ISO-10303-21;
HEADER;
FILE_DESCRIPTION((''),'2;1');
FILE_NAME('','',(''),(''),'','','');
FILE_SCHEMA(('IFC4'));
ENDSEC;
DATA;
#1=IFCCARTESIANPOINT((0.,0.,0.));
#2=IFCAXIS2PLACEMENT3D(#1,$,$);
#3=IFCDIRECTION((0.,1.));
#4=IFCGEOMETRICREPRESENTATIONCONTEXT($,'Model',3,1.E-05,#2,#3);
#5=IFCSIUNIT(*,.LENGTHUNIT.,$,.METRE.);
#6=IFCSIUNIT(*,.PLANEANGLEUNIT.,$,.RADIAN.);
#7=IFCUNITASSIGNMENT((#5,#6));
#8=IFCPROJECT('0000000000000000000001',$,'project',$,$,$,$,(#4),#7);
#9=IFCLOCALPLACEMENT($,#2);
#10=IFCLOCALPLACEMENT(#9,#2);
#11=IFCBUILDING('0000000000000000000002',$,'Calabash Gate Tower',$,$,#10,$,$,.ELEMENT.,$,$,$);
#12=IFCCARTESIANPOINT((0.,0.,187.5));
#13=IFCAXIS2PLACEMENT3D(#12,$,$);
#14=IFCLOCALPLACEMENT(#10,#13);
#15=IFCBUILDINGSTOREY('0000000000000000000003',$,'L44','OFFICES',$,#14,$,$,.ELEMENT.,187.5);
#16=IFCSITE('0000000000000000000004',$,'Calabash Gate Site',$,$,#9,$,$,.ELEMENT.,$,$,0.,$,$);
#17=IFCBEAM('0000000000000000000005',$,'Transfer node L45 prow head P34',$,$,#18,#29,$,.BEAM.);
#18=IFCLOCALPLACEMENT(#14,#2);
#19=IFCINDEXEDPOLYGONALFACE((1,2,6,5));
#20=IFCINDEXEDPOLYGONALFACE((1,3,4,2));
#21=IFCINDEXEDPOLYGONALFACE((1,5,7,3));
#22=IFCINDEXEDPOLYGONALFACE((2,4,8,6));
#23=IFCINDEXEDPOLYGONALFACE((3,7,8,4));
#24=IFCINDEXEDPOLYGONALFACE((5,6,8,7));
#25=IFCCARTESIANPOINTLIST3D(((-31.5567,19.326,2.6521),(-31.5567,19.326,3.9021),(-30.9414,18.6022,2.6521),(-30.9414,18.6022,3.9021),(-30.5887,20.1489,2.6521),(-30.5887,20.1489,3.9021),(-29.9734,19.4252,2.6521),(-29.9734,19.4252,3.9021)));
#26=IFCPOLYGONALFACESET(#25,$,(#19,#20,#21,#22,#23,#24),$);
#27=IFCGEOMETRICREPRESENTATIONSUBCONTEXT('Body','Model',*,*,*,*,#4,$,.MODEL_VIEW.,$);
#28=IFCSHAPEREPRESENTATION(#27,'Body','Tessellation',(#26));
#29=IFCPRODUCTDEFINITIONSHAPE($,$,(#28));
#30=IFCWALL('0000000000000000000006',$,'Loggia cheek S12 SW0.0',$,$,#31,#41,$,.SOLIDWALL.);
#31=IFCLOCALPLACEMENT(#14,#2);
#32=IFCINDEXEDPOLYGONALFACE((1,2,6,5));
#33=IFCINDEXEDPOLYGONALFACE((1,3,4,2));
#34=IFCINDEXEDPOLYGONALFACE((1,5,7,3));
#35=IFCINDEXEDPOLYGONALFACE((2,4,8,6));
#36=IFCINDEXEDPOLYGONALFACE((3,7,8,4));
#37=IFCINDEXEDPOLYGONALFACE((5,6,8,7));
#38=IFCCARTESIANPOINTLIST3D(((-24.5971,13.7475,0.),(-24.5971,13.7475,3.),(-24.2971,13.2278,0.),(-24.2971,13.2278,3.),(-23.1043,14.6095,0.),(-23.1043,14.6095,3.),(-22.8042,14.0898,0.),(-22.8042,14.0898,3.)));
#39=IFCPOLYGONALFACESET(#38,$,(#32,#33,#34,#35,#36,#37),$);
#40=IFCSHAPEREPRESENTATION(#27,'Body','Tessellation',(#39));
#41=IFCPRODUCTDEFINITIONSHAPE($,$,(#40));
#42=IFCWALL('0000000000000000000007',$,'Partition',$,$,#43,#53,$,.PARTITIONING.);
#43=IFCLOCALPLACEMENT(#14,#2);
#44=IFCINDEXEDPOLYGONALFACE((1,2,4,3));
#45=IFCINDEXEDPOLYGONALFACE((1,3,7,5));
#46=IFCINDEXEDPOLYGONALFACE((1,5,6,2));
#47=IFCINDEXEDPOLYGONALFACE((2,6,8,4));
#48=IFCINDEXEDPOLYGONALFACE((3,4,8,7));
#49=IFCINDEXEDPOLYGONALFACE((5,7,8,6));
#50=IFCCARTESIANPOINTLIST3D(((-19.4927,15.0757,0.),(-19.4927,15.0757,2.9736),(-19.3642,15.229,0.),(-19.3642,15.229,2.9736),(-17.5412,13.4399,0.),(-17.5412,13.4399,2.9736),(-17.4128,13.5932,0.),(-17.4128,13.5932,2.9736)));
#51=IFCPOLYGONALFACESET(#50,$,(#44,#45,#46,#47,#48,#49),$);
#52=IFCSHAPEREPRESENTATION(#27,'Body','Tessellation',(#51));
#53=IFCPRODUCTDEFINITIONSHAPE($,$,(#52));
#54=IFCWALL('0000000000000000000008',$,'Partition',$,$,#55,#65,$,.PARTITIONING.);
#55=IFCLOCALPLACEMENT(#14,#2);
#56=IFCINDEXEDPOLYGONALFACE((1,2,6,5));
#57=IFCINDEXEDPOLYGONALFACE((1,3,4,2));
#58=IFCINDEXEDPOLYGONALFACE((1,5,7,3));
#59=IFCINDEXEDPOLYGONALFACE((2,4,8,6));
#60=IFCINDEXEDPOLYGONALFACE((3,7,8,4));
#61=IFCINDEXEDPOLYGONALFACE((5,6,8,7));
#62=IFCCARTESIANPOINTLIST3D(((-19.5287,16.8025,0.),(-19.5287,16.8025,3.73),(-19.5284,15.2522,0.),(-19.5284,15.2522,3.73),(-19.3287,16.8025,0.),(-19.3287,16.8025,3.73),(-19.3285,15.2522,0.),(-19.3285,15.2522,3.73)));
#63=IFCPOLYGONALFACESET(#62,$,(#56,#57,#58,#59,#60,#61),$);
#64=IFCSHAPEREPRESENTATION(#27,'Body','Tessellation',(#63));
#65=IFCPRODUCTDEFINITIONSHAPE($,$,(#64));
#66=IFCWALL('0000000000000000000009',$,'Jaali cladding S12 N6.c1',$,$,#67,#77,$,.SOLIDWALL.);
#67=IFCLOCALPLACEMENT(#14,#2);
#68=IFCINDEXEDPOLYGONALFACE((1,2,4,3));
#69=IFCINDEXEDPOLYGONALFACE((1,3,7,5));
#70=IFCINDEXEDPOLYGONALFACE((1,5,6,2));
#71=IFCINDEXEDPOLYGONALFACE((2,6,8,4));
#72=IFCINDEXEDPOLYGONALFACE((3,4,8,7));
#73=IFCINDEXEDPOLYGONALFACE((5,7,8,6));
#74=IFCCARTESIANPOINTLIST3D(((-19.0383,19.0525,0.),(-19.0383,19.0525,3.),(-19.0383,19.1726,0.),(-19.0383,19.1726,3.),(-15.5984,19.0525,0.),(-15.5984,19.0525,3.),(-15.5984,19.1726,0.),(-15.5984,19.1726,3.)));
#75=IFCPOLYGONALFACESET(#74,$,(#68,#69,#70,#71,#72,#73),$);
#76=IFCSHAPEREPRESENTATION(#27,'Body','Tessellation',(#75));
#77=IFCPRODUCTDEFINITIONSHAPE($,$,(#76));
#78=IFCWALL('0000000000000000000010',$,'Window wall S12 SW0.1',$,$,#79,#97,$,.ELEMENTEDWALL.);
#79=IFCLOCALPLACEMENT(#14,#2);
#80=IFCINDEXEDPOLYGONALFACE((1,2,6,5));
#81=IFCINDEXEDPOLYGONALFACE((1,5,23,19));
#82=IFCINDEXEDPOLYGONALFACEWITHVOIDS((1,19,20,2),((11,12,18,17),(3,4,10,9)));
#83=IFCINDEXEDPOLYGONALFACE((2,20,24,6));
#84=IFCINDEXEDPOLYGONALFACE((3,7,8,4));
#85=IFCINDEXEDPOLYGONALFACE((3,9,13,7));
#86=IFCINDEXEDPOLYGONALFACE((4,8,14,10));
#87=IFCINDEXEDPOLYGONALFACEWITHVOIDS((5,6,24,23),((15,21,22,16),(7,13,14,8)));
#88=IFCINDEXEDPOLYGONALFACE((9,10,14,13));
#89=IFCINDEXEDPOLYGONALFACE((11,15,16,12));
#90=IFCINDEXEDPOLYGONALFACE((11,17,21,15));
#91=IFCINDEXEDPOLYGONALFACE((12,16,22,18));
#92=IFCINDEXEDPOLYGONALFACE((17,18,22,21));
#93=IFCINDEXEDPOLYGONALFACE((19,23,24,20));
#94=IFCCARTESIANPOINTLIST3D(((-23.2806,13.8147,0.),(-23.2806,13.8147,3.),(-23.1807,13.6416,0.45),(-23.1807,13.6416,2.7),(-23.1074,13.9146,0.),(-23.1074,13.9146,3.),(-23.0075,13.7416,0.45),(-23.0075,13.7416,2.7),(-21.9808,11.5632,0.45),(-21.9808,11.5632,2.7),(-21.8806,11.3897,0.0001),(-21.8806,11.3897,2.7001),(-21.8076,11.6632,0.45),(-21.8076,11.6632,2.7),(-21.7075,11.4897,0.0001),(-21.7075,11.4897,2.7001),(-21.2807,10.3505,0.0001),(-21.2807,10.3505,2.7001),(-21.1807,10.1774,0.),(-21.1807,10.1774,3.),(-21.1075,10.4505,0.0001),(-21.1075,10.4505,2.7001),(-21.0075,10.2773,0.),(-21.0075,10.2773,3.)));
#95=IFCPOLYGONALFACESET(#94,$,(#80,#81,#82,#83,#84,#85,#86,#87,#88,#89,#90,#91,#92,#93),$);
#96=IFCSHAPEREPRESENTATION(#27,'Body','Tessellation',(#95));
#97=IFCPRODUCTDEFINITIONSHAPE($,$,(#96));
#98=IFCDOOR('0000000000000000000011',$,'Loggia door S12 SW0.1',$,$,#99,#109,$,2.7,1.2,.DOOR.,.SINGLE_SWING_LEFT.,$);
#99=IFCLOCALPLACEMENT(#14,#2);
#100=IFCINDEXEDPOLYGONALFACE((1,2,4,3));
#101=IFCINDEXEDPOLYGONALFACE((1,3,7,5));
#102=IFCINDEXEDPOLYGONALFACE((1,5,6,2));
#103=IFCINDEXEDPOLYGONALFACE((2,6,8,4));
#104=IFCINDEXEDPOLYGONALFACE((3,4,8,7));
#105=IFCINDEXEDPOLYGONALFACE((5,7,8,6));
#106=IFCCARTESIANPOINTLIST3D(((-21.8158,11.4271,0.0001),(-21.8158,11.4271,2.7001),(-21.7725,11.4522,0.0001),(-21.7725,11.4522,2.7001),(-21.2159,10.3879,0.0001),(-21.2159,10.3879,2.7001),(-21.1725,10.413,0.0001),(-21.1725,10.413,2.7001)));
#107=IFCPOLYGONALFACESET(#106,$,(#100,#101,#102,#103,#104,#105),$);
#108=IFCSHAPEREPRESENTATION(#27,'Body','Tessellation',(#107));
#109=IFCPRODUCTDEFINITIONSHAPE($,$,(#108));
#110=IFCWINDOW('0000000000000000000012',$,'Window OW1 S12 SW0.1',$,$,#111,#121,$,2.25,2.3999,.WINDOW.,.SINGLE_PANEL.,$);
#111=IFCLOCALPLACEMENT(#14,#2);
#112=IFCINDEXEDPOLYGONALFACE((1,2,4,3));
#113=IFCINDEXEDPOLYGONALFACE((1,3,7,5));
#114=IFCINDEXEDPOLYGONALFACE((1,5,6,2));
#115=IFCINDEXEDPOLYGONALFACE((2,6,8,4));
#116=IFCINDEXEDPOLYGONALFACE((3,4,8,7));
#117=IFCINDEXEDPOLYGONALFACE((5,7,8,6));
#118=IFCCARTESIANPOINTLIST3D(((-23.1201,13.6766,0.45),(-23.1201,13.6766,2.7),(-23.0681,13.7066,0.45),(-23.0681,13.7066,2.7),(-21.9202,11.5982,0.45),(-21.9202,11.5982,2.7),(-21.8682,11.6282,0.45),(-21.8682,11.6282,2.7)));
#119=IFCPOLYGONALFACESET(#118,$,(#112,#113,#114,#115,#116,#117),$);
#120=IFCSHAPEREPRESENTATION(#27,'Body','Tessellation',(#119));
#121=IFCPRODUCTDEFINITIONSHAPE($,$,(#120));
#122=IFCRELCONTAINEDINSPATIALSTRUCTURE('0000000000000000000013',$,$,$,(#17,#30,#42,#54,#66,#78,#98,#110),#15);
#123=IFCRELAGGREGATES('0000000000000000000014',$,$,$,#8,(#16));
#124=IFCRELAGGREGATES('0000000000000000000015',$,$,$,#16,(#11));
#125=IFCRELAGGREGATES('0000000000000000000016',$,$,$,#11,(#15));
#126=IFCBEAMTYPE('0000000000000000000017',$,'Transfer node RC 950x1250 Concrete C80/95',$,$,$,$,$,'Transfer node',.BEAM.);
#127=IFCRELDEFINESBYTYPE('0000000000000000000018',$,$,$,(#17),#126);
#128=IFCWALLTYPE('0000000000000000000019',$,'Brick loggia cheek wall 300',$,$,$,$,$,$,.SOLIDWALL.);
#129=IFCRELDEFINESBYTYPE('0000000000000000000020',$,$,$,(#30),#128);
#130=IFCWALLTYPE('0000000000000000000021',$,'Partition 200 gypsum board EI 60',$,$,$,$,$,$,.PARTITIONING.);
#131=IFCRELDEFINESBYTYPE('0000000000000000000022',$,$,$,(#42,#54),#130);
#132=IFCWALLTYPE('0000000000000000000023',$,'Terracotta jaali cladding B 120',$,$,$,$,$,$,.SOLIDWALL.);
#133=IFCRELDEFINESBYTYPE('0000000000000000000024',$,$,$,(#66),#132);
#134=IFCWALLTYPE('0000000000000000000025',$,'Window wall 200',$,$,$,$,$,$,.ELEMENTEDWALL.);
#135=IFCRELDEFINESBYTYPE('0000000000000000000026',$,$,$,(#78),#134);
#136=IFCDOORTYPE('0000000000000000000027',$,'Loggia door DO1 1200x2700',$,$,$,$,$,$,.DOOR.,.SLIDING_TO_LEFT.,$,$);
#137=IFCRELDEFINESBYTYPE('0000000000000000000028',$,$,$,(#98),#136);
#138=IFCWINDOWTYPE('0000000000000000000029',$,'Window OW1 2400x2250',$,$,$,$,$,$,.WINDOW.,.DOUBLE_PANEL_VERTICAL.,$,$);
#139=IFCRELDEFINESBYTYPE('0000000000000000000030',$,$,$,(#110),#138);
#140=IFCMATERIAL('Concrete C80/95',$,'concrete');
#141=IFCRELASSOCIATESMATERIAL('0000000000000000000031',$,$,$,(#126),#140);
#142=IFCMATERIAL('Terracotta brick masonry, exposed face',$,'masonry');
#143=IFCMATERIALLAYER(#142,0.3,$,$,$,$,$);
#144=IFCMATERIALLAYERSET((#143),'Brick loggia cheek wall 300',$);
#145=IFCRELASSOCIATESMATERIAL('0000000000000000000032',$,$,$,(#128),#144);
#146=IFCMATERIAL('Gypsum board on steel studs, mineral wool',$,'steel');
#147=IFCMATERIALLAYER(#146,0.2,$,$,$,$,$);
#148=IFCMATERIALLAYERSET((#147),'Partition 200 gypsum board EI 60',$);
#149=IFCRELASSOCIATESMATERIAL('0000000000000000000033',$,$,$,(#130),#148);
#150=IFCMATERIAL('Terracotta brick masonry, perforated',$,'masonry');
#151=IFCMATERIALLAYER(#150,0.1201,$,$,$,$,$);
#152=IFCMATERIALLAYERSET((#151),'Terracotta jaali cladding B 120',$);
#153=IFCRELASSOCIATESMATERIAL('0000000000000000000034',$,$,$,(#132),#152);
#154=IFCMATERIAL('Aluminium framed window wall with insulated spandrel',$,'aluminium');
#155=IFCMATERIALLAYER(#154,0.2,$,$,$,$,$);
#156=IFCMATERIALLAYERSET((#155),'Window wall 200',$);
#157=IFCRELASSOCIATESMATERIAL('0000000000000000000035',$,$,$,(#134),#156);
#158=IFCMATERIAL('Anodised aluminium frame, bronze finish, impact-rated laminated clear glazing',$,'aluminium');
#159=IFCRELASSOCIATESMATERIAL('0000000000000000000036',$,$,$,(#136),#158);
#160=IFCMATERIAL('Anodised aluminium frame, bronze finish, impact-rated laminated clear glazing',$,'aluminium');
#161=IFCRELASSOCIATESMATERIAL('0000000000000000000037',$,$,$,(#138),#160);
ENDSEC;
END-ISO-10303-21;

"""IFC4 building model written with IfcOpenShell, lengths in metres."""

from ifc_helpers import new_model, si_unit, direction, frame, frame_2d, origin, origin_2d, place, context, subcontext, project, spatial, rectangle, extrude, material, layer, layer_set, material_profile, profile_set, type_object, element, fill, save


model = new_model("IFC4")

# Units and contexts
model_context = context("Model", 3, precision=1e-05, world=origin(), true_north=direction((0.0, 1.0)))
body_context = subcontext(model_context, "Body", "Model", "MODEL_VIEW")
ifc_project = project(units=[si_unit("LENGTHUNIT", "METRE"), si_unit("PLANEANGLEUNIT", "RADIAN")], contexts=[model_context])

# Site, building, storey
site_placement = place(None, origin())
site = spatial("IfcSite", under=ifc_project, at=site_placement, Name="Calabash Gate Site", CompositionType="ELEMENT", RefElevation=0.0)
building_placement = place(site_placement, origin())
building = spatial("IfcBuilding", under=site, at=building_placement, Name="Calabash Gate Tower", CompositionType="ELEMENT")
storey_placement = place(building_placement, frame((0.0, 0.0, 187.5)))
storey = spatial("IfcBuildingStorey", under=building, at=storey_placement, Name="L44", Description="OFFICES", CompositionType="ELEMENT", Elevation=187.5)

# Beam
ifc_material_1 = material(Name="Concrete C80/95", Category="concrete")
ifc_material_profile_1 = material_profile(ifc_material_1, rectangle(XDim=0.95, YDim=1.25, at=origin_2d()))
ifc_profile_set_1 = profile_set([ifc_material_profile_1], Name="Concrete C80/95")
beam_type_1 = type_object("IfcBeamType", Name="Transfer node RC 950x1250 Concrete C80/95", ElementType="Transfer node", PredefinedType="BEAM", material=ifc_profile_set_1)
beam_1_placement = place(storey_placement, frame((-31.249, 18.9641, 3.2771), z_axis=(0.761868, 0.647732, 0.0), x_axis=(-0.647732, 0.761868, 0.0)))
element("IfcBeam", 1, at=beam_1_placement, inside=storey, type_object=beam_type_1, Name="Transfer node L45 prow head P34", PredefinedType="BEAM", context=body_context, shape_type="SweptSolid", body=[
    extrude(rectangle(XDim=0.95, YDim=1.25, at=origin_2d()), origin(), (0.0, 0.0, 1.0), 1.2705),
])

# Walls
ifc_material_2 = material(Name="Terracotta brick masonry, exposed face", Category="masonry")
ifc_layer_1 = layer(ifc_material_2, 0.3)
ifc_layer_set_1 = layer_set([ifc_layer_1], Name="Brick loggia cheek wall 300")
wall_type_1 = type_object("IfcWallType", Name="Brick loggia cheek wall 300", PredefinedType="SOLIDWALL", material=ifc_layer_set_1)
wall_1_placement = place(storey_placement, frame((-22.9543, 14.3496, 0.0), z_axis=(0.0, 0.0, 1.0), x_axis=(-0.865995, -0.500053, 0.0)))
element("IfcWall", 2, at=wall_1_placement, inside=storey, type_object=wall_type_1, Name="Loggia cheek S12 SW0.0", PredefinedType="SOLIDWALL", context=body_context, shape_type="SweptSolid", body=[
    extrude(rectangle(XDim=1.7239, YDim=0.6001, at=frame_2d((0.8618, 0.0))), origin(), (0.0, 0.0, 1.0), 3.0),
])
ifc_material_3 = material(Name="Gypsum board on steel studs, mineral wool", Category="steel")
ifc_layer_2 = layer(ifc_material_3, 0.2)
ifc_layer_set_2 = layer_set([ifc_layer_2], Name="Partition 200 gypsum board EI 60")
wall_type_2 = type_object("IfcWallType", Name="Partition 200 gypsum board EI 60", PredefinedType="PARTITIONING", material=ifc_layer_set_2)
wall_2_placement = place(storey_placement, frame((-19.4285, 15.1523, 0.0), z_axis=(0.0, 0.0, 1.0), x_axis=(0.766371, -0.642398, 0.0)))
element("IfcWall", 3, at=wall_2_placement, inside=storey, type_object=wall_type_2, Name="Partition", PredefinedType="PARTITIONING", context=body_context, shape_type="SweptSolid", body=[
    extrude(rectangle(XDim=2.5464, YDim=0.2, at=frame_2d((1.2732, 0.0))), origin(), (0.0, 0.0, 1.0), 2.9736),
])
wall_3_placement = place(storey_placement, frame((-19.4287, 16.8025, 0.0), z_axis=(0.0, 0.0, 1.0), x_axis=(0.000157, -1.0, 0.0)))
element("IfcWall", 4, at=wall_3_placement, inside=storey, type_object=wall_type_2, Name="Partition", PredefinedType="PARTITIONING", context=body_context, shape_type="SweptSolid", body=[
    extrude(rectangle(XDim=1.5503, YDim=0.2, at=frame_2d((0.7751, 0.0))), origin(), (0.0, 0.0, 1.0), 3.73),
])
ifc_material_4 = material(Name="Terracotta brick masonry, perforated", Category="masonry")
ifc_layer_3 = layer(ifc_material_4, 0.1201)
ifc_layer_set_3 = layer_set([ifc_layer_3], Name="Terracotta jaali cladding B 120")
wall_type_3 = type_object("IfcWallType", Name="Terracotta jaali cladding B 120", PredefinedType="SOLIDWALL", material=ifc_layer_set_3)
wall_4_placement = place(storey_placement, frame((-15.5984, 19.1125, 0.0), z_axis=(0.0, 0.0, 1.0), x_axis=(-1.0, 0.0, 0.0)))
element("IfcWall", 5, at=wall_4_placement, inside=storey, type_object=wall_type_3, Name="Jaali cladding S12 N6.c1", PredefinedType="SOLIDWALL", context=body_context, shape_type="SweptSolid", body=[
    extrude(rectangle(XDim=3.4399, YDim=0.1201, at=frame_2d((1.72, 0.0))), origin(), (0.0, 0.0, 1.0), 3.0),
])

# Wall, openings, door, window
ifc_material_5 = material(Name="Aluminium framed window wall with insulated spandrel", Category="aluminium")
ifc_layer_4 = layer(ifc_material_5, 0.2)
ifc_layer_set_4 = layer_set([ifc_layer_4], Name="Window wall 200")
wall_type_4 = type_object("IfcWallType", Name="Window wall 200", PredefinedType="ELEMENTEDWALL", material=ifc_layer_set_4)
wall_5_placement = place(storey_placement, frame((-23.1941, 13.8647, 0.0), z_axis=(0.0, 0.0, 1.0), x_axis=(0.499984, -0.866035, 0.0)))
wall_5 = element("IfcWall", 6, at=wall_5_placement, inside=storey, type_object=wall_type_4, Name="Window wall S12 SW0.1", PredefinedType="ELEMENTEDWALL", context=body_context, shape_type="SweptSolid", body=[
    extrude(rectangle(XDim=4.2, YDim=0.2, at=frame_2d((2.1001, 0.0))), origin(), (0.0, 0.0, 1.0), 3.0),
])
opening_1_placement = place(wall_5_placement, frame((0.2, 0.0, 0.45)))
opening_1 = element("IfcOpeningElement", 7, at=opening_1_placement, cuts=wall_5, PredefinedType="OPENING", context=body_context, shape_type="SweptSolid", body=[
    extrude(rectangle(XDim=2.3999, YDim=2.25, at=frame_2d((1.2, 1.125))), frame((0.0, 0.1099, 0.0), z_axis=(0.0, -1.0, 0.0), x_axis=(1.0, 0.0, 0.0)), (0.0, 0.0, 1.0), 0.22),
])
opening_2_placement = place(wall_5_placement, frame((2.8, 0.0, 0.0)))
opening_2 = element("IfcOpeningElement", 8, at=opening_2_placement, cuts=wall_5, PredefinedType="OPENING", context=body_context, shape_type="SweptSolid", body=[
    extrude(rectangle(XDim=1.2, YDim=2.7, at=frame_2d((0.6001, 1.3501))), frame((0.0, 0.1099, 0.0), z_axis=(0.0, -1.0, 0.0), x_axis=(1.0, 0.0, 0.0)), (0.0, 0.0, 1.0), 0.22),
])
ifc_material_6 = material(Name="Anodised aluminium frame, bronze finish, impact-rated laminated clear glazing", Category="aluminium")
door_type = type_object("IfcDoorType", Name="Loggia door DO1 1200x2700", OperationType="SLIDING_TO_LEFT", PredefinedType="DOOR", material=ifc_material_6)
door_placement = place(opening_2_placement, origin())
door = element("IfcDoor", 9, at=door_placement, inside=storey, type_object=door_type, Name="Loggia door S12 SW0.1", OperationType="SINGLE_SWING_LEFT", OverallHeight=2.7, OverallWidth=1.2, PredefinedType="DOOR", context=body_context, shape_type="SweptSolid", body=[
    extrude(rectangle(XDim=1.2, YDim=2.7, at=frame_2d((0.6001, 1.3501))), frame((0.0, 0.0249, 0.0), z_axis=(0.0, -1.0, 0.0), x_axis=(1.0, 0.0, 0.0)), (0.0, 0.0, 1.0), 0.05),
])
fill(opening_2, door)
ifc_material_7 = material(Name="Anodised aluminium frame, bronze finish, impact-rated laminated clear glazing", Category="aluminium")
window_type = type_object("IfcWindowType", Name="Window OW1 2400x2250", PartitioningType="DOUBLE_PANEL_VERTICAL", PredefinedType="WINDOW", material=ifc_material_7)
window_placement = place(opening_1_placement, origin())
window = element("IfcWindow", 10, at=window_placement, inside=storey, type_object=window_type, Name="Window OW1 S12 SW0.1", OverallHeight=2.25, OverallWidth=2.3999, PartitioningType="SINGLE_PANEL", PredefinedType="WINDOW", context=body_context, shape_type="SweptSolid", body=[
    extrude(rectangle(XDim=2.3999, YDim=2.25, at=frame_2d((1.2, 1.125))), frame((0.0, 0.03, 0.0), z_axis=(0.0, -1.0, 0.0), x_axis=(1.0, 0.0, 0.0)), (0.0, 0.0, 1.0), 0.0601),
])
fill(opening_1, window)

save(model, "model.ifc")
